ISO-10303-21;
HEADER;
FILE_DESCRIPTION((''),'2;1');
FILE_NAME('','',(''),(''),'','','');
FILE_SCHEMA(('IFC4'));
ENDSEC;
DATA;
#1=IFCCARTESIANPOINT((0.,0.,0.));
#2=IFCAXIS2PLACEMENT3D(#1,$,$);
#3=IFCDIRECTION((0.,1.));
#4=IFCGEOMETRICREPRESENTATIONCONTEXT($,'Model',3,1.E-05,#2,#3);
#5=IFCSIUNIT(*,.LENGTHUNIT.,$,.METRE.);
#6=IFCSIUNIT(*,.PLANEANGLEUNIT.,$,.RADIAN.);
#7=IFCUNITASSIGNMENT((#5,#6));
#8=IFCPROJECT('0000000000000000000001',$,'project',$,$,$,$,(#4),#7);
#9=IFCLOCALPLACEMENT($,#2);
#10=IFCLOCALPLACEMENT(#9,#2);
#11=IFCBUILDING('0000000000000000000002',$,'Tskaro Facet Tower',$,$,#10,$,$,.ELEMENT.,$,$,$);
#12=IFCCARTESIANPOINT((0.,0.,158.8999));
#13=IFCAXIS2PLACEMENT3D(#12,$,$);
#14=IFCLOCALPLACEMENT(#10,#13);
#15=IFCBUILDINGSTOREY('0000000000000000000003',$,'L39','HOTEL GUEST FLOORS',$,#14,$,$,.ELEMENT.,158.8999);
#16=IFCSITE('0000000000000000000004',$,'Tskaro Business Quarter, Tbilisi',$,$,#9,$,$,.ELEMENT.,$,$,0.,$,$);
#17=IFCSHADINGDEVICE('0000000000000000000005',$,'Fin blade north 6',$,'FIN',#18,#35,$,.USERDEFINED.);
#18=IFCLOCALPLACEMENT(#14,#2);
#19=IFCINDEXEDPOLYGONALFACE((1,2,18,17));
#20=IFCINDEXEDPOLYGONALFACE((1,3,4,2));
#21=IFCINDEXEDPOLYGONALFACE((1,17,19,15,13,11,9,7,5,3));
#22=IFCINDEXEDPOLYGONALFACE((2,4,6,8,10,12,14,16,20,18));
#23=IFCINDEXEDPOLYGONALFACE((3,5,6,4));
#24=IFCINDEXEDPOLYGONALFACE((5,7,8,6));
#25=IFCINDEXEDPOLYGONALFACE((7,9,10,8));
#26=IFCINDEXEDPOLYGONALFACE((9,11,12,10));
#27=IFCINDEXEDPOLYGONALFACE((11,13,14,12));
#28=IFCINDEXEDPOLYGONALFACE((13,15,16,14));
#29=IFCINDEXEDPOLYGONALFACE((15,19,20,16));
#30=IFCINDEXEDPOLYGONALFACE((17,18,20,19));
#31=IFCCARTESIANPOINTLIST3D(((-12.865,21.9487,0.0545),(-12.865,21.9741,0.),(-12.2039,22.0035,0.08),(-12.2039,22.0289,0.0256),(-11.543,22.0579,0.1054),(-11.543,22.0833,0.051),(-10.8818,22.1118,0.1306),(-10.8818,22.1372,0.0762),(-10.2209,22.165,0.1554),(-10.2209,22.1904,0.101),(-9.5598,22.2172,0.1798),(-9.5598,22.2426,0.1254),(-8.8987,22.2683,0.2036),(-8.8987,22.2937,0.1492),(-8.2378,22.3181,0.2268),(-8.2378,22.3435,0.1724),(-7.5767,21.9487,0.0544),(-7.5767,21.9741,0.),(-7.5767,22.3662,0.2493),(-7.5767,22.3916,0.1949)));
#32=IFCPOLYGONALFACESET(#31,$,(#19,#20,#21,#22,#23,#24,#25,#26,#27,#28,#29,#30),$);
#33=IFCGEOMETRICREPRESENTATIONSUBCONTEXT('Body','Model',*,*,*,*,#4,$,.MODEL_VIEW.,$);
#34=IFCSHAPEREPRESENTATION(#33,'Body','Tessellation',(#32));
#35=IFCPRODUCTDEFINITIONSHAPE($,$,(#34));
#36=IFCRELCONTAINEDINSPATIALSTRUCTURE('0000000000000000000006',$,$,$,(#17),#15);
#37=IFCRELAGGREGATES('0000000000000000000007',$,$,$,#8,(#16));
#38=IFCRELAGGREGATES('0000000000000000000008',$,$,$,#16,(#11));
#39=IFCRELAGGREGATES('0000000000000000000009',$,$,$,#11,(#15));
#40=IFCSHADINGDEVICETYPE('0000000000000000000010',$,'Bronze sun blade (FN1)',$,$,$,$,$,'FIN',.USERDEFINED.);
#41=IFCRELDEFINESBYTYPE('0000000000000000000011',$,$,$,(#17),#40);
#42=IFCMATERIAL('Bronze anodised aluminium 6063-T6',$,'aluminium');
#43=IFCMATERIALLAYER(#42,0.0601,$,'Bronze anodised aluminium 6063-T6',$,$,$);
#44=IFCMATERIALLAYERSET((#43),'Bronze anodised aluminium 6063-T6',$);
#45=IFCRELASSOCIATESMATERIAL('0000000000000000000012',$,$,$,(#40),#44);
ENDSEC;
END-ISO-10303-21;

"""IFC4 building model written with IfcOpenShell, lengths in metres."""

from ifc_helpers import new_model, si_unit, direction, frame, origin, place, context, subcontext, project, spatial, polyline, outline, extrude, material, layer, layer_set, type_object, element, save


model = new_model("IFC4")

# Units and contexts
model_context = context("Model", 3, precision=1e-05, world=origin(), true_north=direction((0.0, 1.0)))
body_context = subcontext(model_context, "Body", "Model", "MODEL_VIEW")
ifc_project = project(units=[si_unit("LENGTHUNIT", "METRE"), si_unit("PLANEANGLEUNIT", "RADIAN")], contexts=[model_context])

# Site, building, storey
site_placement = place(None, origin())
site = spatial("IfcSite", under=ifc_project, at=site_placement, Name="Tskaro Business Quarter, Tbilisi", CompositionType="ELEMENT", RefElevation=0.0)
building_placement = place(site_placement, origin())
building = spatial("IfcBuilding", under=site, at=building_placement, Name="Tskaro Facet Tower", CompositionType="ELEMENT")
storey_placement = place(building_placement, frame((0.0, 0.0, 158.8999)))
storey = spatial("IfcBuildingStorey", under=building, at=storey_placement, Name="L39", Description="HOTEL GUEST FLOORS", CompositionType="ELEMENT", Elevation=158.8999)

# Shared definitions
ifc_material_1 = material(Name="Bronze anodised aluminium 6063-T6", Category="aluminium")

# Shading device
ifc_layer_1 = layer(ifc_material_1, 0.0601, Name="Bronze anodised aluminium 6063-T6")
ifc_layer_set_1 = layer_set([ifc_layer_1], Name="Bronze anodised aluminium 6063-T6")
shading_device_type = type_object("IfcShadingDeviceType", Name="Bronze sun blade (FN1)", ElementType="FIN", PredefinedType="USERDEFINED", material=ifc_layer_set_1)
shading_device_1_placement = place(storey_placement, frame((-7.5767, 21.9487, 0.0544), z_axis=(0.000005, -0.422928, 0.906163), x_axis=(-1.0, -0.000002, 0.000004)))
element("IfcShadingDevice", 1, at=shading_device_1_placement, inside=storey, type_object=shading_device_type, Name="Fin blade north 6", ObjectType="FIN", PredefinedType="USERDEFINED", context=body_context, shape_type="SweptSolid", body=[
    extrude(outline(polyline([(0.0, 0.0), (5.2883, 0.0), (4.6272, -0.0604), (3.9663, -0.1205), (3.3052, -0.18), (2.6443, -0.2387), (1.9832, -0.2963), (1.322, -0.3527), (0.6611, -0.4076), (0.0, -0.4607), (0.0, 0.0)])), origin(), (0.0, 0.0, -1.0), 0.0601),
])

save(model, "model.ifc")
